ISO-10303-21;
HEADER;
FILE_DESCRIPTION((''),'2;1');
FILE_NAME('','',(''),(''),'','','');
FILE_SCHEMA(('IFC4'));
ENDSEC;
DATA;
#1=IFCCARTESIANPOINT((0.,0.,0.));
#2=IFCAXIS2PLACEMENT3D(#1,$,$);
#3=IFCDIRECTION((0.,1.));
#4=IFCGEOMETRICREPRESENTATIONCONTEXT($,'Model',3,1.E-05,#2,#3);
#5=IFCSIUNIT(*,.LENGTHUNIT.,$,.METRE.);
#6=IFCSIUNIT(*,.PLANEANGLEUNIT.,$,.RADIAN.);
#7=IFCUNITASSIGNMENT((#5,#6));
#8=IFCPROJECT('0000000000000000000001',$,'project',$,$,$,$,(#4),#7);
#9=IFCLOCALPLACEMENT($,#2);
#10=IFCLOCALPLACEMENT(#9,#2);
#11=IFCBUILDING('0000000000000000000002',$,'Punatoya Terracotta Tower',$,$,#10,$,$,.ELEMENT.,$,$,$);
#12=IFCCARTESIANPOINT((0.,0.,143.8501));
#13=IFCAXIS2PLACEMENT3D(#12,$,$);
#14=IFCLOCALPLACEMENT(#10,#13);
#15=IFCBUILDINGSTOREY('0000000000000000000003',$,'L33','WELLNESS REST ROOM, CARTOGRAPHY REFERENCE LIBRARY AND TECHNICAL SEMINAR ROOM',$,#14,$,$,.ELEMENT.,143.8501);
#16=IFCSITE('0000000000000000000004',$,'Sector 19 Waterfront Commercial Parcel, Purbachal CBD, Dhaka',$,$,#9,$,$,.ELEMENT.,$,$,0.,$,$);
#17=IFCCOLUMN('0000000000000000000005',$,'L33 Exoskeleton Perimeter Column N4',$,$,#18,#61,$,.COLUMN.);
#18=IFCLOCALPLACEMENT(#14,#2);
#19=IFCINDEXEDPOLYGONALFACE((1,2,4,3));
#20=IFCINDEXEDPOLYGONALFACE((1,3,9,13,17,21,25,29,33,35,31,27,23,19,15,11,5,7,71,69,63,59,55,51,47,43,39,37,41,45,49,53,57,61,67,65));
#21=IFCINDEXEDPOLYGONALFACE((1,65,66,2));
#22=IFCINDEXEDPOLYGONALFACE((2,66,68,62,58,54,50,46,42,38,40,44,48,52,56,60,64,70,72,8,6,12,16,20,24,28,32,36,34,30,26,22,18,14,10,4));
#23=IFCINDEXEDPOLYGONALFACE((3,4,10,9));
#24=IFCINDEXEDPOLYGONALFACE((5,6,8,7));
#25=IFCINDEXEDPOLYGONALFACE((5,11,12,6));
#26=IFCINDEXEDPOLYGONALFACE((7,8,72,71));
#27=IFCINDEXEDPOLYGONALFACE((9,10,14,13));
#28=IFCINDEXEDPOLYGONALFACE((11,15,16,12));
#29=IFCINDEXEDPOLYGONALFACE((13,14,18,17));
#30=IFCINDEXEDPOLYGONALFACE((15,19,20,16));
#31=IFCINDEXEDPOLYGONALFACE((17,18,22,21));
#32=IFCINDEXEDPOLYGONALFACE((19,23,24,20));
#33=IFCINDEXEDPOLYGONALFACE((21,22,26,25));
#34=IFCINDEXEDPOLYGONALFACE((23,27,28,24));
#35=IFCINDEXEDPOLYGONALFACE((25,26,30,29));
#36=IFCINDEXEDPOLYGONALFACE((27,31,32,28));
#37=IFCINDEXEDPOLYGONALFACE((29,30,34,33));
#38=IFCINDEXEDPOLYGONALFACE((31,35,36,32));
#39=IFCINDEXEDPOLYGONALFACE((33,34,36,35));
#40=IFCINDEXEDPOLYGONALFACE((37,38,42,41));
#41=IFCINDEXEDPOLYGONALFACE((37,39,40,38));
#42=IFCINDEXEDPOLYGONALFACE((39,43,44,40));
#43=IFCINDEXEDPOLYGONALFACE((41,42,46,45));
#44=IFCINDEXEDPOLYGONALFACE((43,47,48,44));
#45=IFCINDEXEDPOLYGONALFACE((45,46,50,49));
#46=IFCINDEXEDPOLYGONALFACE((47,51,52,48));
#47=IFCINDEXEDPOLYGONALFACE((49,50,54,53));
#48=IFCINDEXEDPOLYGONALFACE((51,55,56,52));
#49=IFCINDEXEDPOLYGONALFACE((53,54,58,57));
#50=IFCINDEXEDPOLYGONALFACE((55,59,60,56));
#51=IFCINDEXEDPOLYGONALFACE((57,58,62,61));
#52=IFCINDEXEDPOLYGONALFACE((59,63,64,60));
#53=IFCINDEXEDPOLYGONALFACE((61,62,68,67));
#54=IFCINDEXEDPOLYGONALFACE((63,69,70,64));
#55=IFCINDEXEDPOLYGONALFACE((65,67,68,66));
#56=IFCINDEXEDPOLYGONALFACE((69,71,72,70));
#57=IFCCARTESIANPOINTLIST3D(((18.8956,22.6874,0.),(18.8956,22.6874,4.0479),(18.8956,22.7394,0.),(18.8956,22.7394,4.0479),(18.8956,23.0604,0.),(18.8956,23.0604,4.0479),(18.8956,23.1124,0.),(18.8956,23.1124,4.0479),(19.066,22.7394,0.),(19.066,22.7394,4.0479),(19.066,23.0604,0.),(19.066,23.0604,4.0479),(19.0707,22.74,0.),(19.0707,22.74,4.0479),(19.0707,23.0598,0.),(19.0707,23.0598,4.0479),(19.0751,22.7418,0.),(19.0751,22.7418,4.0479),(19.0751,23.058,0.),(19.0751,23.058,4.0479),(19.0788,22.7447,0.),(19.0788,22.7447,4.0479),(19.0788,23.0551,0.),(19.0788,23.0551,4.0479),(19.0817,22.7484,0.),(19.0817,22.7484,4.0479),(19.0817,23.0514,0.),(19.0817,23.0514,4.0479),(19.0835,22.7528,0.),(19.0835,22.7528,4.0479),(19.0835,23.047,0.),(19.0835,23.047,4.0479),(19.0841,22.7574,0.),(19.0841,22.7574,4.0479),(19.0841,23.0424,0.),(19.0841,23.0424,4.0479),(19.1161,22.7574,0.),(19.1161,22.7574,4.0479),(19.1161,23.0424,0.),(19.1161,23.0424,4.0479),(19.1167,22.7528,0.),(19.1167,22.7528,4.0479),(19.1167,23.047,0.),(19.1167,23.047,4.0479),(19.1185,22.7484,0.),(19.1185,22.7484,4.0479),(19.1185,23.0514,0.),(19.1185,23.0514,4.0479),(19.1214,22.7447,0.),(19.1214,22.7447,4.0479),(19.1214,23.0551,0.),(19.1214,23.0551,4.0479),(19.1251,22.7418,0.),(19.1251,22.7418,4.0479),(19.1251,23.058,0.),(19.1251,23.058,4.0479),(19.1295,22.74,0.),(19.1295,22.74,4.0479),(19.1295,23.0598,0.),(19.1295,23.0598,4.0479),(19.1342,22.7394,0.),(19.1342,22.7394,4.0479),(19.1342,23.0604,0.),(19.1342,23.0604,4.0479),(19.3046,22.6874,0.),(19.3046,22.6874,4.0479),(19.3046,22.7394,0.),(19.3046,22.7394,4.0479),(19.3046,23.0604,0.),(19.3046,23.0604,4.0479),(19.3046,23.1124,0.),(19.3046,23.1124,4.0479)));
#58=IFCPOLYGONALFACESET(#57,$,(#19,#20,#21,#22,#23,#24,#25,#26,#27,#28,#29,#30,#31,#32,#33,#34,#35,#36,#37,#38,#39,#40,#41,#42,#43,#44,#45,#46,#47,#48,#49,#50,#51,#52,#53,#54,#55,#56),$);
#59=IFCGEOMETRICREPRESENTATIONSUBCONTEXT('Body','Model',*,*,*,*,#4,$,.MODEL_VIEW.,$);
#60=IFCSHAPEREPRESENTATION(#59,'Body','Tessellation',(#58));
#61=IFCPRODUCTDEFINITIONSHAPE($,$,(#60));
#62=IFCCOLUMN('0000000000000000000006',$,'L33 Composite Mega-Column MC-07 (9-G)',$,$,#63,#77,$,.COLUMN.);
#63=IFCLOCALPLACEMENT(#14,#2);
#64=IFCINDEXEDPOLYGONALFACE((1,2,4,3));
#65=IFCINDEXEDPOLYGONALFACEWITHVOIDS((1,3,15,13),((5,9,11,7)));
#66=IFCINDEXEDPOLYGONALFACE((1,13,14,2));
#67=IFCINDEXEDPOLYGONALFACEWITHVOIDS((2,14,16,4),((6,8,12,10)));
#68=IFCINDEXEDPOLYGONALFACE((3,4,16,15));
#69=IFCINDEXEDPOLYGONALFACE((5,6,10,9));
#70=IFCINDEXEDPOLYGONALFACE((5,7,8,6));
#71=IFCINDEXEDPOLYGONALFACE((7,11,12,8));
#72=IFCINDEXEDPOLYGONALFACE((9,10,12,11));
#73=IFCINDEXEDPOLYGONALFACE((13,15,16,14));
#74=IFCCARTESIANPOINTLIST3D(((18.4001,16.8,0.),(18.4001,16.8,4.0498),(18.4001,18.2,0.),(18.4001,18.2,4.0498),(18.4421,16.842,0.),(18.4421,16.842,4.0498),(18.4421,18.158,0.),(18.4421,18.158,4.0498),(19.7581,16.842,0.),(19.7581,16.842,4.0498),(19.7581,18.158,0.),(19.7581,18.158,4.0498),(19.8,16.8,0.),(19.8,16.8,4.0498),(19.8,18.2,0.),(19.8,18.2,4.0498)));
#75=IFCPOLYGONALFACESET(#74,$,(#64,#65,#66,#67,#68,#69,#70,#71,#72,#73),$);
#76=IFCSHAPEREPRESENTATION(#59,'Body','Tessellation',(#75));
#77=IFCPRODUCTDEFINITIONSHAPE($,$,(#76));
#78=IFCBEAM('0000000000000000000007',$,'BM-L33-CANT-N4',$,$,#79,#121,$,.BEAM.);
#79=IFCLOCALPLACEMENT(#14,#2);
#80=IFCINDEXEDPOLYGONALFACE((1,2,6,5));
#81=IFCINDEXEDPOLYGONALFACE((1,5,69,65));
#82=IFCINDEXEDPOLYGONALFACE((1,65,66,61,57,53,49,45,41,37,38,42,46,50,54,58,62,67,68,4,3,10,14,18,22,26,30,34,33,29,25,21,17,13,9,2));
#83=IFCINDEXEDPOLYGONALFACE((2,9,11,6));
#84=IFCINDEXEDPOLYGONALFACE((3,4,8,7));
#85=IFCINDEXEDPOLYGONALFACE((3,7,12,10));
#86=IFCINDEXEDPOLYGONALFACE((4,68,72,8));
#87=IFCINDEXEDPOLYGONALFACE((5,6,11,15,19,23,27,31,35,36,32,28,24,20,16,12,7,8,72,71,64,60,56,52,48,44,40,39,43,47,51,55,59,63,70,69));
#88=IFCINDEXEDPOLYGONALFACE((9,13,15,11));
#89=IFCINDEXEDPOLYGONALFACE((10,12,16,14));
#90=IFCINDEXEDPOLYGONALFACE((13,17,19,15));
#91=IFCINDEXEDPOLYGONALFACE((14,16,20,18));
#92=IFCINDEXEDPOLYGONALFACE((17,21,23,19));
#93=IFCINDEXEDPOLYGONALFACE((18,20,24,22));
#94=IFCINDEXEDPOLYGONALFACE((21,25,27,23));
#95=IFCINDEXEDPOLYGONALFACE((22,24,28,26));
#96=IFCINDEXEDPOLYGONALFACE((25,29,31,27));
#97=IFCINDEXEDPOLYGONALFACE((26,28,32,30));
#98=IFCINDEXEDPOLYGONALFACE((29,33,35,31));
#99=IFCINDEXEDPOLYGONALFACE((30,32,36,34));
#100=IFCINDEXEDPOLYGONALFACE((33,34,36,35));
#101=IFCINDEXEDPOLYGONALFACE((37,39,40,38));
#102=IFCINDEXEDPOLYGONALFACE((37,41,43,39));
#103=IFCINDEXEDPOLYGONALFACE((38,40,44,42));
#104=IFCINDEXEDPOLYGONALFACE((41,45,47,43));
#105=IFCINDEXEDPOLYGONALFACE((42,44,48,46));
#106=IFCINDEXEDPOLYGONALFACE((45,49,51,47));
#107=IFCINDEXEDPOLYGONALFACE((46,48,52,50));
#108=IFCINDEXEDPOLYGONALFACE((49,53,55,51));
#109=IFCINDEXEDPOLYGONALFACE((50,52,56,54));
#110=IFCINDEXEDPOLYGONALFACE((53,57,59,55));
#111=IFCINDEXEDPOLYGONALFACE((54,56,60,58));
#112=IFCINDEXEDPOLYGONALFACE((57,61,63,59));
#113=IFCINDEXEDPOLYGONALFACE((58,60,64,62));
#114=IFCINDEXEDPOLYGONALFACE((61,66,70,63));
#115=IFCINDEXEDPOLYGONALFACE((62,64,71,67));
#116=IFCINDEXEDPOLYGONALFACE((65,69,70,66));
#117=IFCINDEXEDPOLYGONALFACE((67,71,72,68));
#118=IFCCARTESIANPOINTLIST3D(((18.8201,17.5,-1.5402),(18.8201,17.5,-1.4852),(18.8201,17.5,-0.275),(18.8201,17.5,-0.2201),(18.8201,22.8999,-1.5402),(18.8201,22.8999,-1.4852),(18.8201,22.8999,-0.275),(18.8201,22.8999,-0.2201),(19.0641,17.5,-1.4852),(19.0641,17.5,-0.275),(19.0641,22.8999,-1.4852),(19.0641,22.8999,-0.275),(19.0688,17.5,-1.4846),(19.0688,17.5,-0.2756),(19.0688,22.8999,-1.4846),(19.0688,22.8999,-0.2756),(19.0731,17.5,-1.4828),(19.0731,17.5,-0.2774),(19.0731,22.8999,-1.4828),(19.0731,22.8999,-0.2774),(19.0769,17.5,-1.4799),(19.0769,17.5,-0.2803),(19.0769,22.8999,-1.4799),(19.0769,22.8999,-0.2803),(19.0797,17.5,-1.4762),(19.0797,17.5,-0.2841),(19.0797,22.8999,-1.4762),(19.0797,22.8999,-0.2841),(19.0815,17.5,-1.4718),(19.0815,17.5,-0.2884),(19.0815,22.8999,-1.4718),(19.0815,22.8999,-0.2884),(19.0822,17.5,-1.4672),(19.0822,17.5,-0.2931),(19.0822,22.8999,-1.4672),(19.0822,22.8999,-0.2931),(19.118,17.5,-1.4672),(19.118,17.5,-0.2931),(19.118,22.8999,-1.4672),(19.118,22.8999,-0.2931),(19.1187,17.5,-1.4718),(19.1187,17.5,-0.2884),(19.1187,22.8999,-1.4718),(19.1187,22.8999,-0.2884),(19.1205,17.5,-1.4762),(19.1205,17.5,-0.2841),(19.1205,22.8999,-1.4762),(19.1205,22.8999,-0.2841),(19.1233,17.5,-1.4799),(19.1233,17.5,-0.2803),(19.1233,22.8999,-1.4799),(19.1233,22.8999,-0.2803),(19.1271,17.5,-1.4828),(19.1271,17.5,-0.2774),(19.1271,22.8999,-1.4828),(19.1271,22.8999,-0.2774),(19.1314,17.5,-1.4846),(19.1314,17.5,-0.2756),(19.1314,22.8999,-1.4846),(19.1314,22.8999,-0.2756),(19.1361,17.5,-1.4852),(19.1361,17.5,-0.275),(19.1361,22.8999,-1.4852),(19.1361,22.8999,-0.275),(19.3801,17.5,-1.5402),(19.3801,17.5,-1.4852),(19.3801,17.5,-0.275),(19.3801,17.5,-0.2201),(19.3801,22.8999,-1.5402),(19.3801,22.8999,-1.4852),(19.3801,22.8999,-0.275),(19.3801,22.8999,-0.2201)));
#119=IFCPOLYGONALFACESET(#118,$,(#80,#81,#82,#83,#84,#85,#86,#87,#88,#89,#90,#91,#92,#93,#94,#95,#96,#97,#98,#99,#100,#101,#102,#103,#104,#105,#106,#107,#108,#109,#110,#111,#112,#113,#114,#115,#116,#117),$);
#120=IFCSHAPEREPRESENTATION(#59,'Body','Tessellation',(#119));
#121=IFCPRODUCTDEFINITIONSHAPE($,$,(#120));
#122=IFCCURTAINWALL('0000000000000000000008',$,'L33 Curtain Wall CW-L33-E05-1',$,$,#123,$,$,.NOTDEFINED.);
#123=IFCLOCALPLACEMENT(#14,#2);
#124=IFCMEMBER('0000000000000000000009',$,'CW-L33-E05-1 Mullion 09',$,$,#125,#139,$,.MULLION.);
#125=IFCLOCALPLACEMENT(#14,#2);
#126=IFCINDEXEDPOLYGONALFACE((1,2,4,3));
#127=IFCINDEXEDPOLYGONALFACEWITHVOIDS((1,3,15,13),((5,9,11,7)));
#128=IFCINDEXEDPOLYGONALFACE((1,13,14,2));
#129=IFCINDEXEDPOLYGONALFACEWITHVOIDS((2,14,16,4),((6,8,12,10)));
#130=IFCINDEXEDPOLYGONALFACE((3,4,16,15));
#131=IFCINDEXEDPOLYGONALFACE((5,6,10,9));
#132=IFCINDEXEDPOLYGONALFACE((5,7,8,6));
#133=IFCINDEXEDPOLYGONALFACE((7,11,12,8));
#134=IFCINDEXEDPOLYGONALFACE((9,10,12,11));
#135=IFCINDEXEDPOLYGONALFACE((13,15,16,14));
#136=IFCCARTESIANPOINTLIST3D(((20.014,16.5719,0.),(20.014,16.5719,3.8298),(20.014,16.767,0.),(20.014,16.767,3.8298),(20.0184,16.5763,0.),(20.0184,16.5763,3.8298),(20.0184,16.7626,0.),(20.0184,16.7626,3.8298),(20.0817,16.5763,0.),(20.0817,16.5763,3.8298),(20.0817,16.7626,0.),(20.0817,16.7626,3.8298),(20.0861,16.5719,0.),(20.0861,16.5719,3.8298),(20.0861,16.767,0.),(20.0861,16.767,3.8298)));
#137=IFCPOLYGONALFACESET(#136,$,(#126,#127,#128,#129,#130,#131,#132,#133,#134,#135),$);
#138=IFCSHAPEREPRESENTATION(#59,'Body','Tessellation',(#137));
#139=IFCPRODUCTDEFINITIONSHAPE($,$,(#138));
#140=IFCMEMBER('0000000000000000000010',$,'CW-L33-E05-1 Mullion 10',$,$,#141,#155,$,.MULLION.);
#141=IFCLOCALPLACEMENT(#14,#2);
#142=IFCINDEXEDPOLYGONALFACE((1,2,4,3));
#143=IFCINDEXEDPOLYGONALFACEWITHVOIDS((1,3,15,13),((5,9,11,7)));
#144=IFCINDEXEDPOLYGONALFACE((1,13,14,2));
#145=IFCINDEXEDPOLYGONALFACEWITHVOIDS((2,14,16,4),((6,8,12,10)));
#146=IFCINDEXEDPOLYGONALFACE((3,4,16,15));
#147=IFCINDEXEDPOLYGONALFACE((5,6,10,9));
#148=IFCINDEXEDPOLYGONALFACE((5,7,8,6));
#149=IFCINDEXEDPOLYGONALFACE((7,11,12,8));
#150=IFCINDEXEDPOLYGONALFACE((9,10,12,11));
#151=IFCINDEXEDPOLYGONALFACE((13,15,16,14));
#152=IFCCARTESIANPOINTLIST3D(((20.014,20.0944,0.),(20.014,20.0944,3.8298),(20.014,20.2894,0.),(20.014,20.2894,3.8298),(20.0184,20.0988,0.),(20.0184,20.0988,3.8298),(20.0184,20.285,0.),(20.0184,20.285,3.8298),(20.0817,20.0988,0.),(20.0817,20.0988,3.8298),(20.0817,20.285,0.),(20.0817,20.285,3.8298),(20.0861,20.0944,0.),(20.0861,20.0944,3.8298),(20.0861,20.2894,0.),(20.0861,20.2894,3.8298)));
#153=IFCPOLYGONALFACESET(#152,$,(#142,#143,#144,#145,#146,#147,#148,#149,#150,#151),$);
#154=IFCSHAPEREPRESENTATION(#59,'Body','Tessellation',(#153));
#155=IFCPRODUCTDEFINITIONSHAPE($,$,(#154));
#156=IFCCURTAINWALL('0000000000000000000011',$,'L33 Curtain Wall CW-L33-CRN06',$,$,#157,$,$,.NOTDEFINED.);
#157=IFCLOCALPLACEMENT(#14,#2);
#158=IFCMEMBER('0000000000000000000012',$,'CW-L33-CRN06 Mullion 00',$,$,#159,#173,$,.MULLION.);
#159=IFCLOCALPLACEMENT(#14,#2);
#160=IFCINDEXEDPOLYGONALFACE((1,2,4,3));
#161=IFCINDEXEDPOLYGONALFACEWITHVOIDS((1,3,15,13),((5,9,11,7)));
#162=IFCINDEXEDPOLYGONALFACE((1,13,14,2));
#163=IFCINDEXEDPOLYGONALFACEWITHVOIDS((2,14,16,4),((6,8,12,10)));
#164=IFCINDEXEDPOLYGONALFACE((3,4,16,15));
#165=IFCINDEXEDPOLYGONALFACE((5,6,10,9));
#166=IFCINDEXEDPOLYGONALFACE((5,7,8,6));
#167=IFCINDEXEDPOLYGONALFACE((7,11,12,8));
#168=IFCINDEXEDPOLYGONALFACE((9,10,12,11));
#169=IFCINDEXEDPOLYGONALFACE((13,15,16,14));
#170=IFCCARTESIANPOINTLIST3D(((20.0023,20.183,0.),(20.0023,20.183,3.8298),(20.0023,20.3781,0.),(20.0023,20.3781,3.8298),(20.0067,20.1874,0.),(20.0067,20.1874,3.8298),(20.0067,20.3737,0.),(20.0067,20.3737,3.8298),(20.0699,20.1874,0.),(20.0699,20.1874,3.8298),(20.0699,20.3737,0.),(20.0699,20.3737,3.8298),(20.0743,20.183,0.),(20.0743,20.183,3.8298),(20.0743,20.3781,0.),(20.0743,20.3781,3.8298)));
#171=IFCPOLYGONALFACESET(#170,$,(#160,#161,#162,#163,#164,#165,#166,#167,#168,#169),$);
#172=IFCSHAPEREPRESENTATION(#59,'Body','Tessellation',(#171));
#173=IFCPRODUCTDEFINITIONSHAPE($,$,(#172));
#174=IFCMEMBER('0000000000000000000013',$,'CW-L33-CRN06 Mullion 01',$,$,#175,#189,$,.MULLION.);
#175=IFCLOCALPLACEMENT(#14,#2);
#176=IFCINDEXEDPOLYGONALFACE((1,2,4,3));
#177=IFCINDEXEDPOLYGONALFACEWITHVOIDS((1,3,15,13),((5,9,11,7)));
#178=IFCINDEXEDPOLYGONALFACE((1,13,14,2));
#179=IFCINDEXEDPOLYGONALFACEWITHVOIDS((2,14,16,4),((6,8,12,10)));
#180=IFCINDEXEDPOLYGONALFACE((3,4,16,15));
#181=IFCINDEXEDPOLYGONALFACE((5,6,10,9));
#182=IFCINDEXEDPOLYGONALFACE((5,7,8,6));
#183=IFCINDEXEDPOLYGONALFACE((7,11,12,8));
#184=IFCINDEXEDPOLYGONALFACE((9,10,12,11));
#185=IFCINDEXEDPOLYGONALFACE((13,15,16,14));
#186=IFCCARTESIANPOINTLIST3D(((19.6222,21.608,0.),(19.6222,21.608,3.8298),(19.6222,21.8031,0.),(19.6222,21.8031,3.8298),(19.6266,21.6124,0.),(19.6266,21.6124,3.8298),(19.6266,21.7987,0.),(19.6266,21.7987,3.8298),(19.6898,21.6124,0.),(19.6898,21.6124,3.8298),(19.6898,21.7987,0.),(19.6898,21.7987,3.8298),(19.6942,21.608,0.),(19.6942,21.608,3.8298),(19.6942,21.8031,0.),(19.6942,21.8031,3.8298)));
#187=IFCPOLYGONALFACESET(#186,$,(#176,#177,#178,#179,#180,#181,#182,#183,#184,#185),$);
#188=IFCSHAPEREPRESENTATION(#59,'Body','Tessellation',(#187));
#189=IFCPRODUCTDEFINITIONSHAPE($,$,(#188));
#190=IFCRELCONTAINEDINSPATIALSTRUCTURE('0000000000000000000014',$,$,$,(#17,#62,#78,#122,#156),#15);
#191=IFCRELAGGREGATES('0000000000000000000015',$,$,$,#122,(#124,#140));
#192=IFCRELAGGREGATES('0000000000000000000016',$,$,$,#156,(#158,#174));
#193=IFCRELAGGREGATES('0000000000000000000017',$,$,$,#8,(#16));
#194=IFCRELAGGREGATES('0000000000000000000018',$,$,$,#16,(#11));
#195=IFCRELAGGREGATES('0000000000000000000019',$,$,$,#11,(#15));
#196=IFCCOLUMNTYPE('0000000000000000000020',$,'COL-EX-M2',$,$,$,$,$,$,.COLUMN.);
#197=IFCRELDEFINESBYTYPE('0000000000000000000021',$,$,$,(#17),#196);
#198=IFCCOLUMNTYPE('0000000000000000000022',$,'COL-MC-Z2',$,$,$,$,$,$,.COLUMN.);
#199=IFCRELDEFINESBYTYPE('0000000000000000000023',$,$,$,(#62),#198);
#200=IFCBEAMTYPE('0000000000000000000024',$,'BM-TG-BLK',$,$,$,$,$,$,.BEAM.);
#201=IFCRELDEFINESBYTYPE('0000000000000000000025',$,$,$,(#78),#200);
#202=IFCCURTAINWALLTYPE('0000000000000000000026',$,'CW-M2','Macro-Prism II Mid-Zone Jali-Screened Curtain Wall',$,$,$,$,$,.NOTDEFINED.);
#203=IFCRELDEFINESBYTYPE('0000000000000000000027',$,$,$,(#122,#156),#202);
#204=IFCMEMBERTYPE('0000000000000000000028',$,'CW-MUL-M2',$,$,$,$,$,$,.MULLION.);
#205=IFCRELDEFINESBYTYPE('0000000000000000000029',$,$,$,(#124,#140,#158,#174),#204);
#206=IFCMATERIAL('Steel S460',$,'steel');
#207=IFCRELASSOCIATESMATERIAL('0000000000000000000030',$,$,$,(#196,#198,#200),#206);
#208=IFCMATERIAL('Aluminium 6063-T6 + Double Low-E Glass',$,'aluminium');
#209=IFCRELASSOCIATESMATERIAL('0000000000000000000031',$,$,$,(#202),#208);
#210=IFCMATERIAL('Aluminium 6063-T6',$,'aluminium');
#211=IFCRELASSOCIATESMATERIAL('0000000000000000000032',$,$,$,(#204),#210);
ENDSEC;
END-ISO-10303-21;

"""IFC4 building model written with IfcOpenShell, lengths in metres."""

from ifc_helpers import new_model, si_unit, direction, frame, origin, origin_2d, place, context, subcontext, project, spatial, hollow_rectangle, i_section, extrude, material, material_profile, profile_set, type_object, element, aggregate, save


model = new_model("IFC4")

# Units and contexts
model_context = context("Model", 3, precision=1e-05, world=origin(), true_north=direction((0.0, 1.0)))
body_context = subcontext(model_context, "Body", "Model", "MODEL_VIEW")
ifc_project = project(units=[si_unit("LENGTHUNIT", "METRE"), si_unit("PLANEANGLEUNIT", "RADIAN")], contexts=[model_context])

# Site, building, storey
site_placement = place(None, origin())
site = spatial("IfcSite", under=ifc_project, at=site_placement, Name="Sector 19 Waterfront Commercial Parcel, Purbachal CBD, Dhaka", CompositionType="ELEMENT", RefElevation=0.0)
building_placement = place(site_placement, origin())
building = spatial("IfcBuilding", under=site, at=building_placement, Name="Punatoya Terracotta Tower", CompositionType="ELEMENT")
storey_placement = place(building_placement, frame((0.0, 0.0, 143.8501)))
storey = spatial("IfcBuildingStorey", under=building, at=storey_placement, Name="L33", Description="WELLNESS REST ROOM, CARTOGRAPHY REFERENCE LIBRARY AND TECHNICAL SEMINAR ROOM", CompositionType="ELEMENT", Elevation=143.8501)

# Columns
ifc_material_1 = material(Name="Steel S460", Category="steel")
ifc_material_profile_1 = material_profile(ifc_material_1, i_section(OverallWidth=0.4089, OverallDepth=0.425, WebThickness=0.032, FlangeThickness=0.052, FilletRadius=0.0181, at=origin_2d()))
ifc_profile_set_1 = profile_set([ifc_material_profile_1], Name="Steel S460")
column_type_1 = type_object("IfcColumnType", Name="COL-EX-M2", PredefinedType="COLUMN", material=ifc_profile_set_1)
column_1_placement = place(storey_placement, frame((19.1001, 22.8999, 0.0), z_axis=(0.0, 0.0, 1.0), x_axis=(1.0, 0.0, 0.0)))
element("IfcColumn", 1, at=column_1_placement, inside=storey, type_object=column_type_1, Name="L33 Exoskeleton Perimeter Column N4", PredefinedType="COLUMN", context=body_context, shape_type="SweptSolid", body=[
    extrude(i_section(OverallWidth=0.4089, OverallDepth=0.425, WebThickness=0.032, FlangeThickness=0.052, FilletRadius=0.0181, at=origin_2d()), origin(), (0.0, 0.0, 1.0), 4.0479),
])
ifc_material_profile_2 = material_profile(ifc_material_1, hollow_rectangle(XDim=1.3999, YDim=1.3999, WallThickness=0.042, at=origin_2d()))
ifc_profile_set_2 = profile_set([ifc_material_profile_2], Name="Steel S460")
column_type_2 = type_object("IfcColumnType", Name="COL-MC-Z2", PredefinedType="COLUMN", material=ifc_profile_set_2)
column_2_placement = place(storey_placement, frame((19.1001, 17.5, 0.0), z_axis=(0.0, 0.0, 1.0), x_axis=(1.0, 0.0, 0.0)))
element("IfcColumn", 2, at=column_2_placement, inside=storey, type_object=column_type_2, Name="L33 Composite Mega-Column MC-07 (9-G)", PredefinedType="COLUMN", context=body_context, shape_type="SweptSolid", body=[
    extrude(hollow_rectangle(XDim=1.3999, YDim=1.3999, WallThickness=0.042, at=origin_2d()), origin(), (0.0, 0.0, 1.0), 4.0498),
])

# Beam
ifc_material_profile_3 = material_profile(ifc_material_1, i_section(OverallWidth=0.5601, OverallDepth=1.3201, WebThickness=0.0359, FlangeThickness=0.0549, FilletRadius=0.0181, at=origin_2d()))
ifc_profile_set_3 = profile_set([ifc_material_profile_3], Name="Steel S460")
beam_type = type_object("IfcBeamType", Name="BM-TG-BLK", PredefinedType="BEAM", material=ifc_profile_set_3)
beam_placement = place(storey_placement, frame((19.1001, 17.5, -0.8801), z_axis=(0.0, 1.0, 0.0), x_axis=(-1.0, 0.0, 0.0)))
element("IfcBeam", 3, at=beam_placement, inside=storey, type_object=beam_type, Name="BM-L33-CANT-N4", PredefinedType="BEAM", context=body_context, shape_type="SweptSolid", body=[
    extrude(i_section(OverallWidth=0.5601, OverallDepth=1.3201, WebThickness=0.0359, FlangeThickness=0.0549, FilletRadius=0.0181, at=origin_2d()), origin(), (0.0, 0.0, 1.0), 5.3999),
])

# Curtain walls, members
ifc_material_2 = material(Name="Aluminium 6063-T6 + Double Low-E Glass", Category="aluminium")
curtain_wall_type = type_object("IfcCurtainWallType", Name="CW-M2", Description="Macro-Prism II Mid-Zone Jali-Screened Curtain Wall", PredefinedType="NOTDEFINED", material=ifc_material_2)
curtain_wall_1_placement = place(storey_placement, origin())
curtain_wall_1 = element("IfcCurtainWall", 4, at=curtain_wall_1_placement, inside=storey, type_object=curtain_wall_type, Name="L33 Curtain Wall CW-L33-E05-1", PredefinedType="NOTDEFINED")
ifc_material_3 = material(Name="Aluminium 6063-T6", Category="aluminium")
ifc_material_profile_4 = material_profile(ifc_material_3, hollow_rectangle(XDim=0.072, YDim=0.1951, WallThickness=0.0044, at=origin_2d()))
ifc_profile_set_4 = profile_set([ifc_material_profile_4], Name="Aluminium 6063-T6")
member_type_1 = type_object("IfcMemberType", Name="CW-MUL-M2", PredefinedType="MULLION", material=ifc_profile_set_4)
member_1_placement = place(storey_placement, frame((20.05, 16.6694, 0.0), z_axis=(0.0, 0.0, 1.0), x_axis=(1.0, 0.0, 0.0)))
member_1 = element("IfcMember", 5, at=member_1_placement, type_object=member_type_1, Name="CW-L33-E05-1 Mullion 09", PredefinedType="MULLION", context=body_context, shape_type="SweptSolid", body=[
    extrude(hollow_rectangle(XDim=0.072, YDim=0.1951, WallThickness=0.0044, at=origin_2d()), origin(), (0.0, 0.0, 1.0), 3.8298),
])
member_2_placement = place(storey_placement, frame((20.05, 20.1919, 0.0), z_axis=(0.0, 0.0, 1.0), x_axis=(1.0, 0.0, 0.0)))
member_2 = element("IfcMember", 6, at=member_2_placement, type_object=member_type_1, Name="CW-L33-E05-1 Mullion 10", PredefinedType="MULLION", context=body_context, shape_type="SweptSolid", body=[
    extrude(hollow_rectangle(XDim=0.072, YDim=0.1951, WallThickness=0.0044, at=origin_2d()), origin(), (0.0, 0.0, 1.0), 3.8298),
])
curtain_wall_2_placement = place(storey_placement, origin())
curtain_wall_2 = element("IfcCurtainWall", 7, at=curtain_wall_2_placement, inside=storey, type_object=curtain_wall_type, Name="L33 Curtain Wall CW-L33-CRN06", PredefinedType="NOTDEFINED")
member_3_placement = place(storey_placement, frame((20.0383, 20.2805, 0.0), z_axis=(0.0, 0.0, 1.0), x_axis=(1.0, 0.0, 0.0)))
member_3 = element("IfcMember", 8, at=member_3_placement, type_object=member_type_1, Name="CW-L33-CRN06 Mullion 00", PredefinedType="MULLION", context=body_context, shape_type="SweptSolid", body=[
    extrude(hollow_rectangle(XDim=0.072, YDim=0.1951, WallThickness=0.0044, at=origin_2d()), origin(), (0.0, 0.0, 1.0), 3.8298),
])
member_4_placement = place(storey_placement, frame((19.6582, 21.7056, 0.0), z_axis=(0.0, 0.0, 1.0), x_axis=(1.0, 0.0, 0.0)))
member_4 = element("IfcMember", 9, at=member_4_placement, type_object=member_type_1, Name="CW-L33-CRN06 Mullion 01", PredefinedType="MULLION", context=body_context, shape_type="SweptSolid", body=[
    extrude(hollow_rectangle(XDim=0.072, YDim=0.1951, WallThickness=0.0044, at=origin_2d()), origin(), (0.0, 0.0, 1.0), 3.8298),
])

aggregate(curtain_wall_1, [member_1, member_2])
aggregate(curtain_wall_2, [member_3, member_4])

save(model, "model.ifc")
